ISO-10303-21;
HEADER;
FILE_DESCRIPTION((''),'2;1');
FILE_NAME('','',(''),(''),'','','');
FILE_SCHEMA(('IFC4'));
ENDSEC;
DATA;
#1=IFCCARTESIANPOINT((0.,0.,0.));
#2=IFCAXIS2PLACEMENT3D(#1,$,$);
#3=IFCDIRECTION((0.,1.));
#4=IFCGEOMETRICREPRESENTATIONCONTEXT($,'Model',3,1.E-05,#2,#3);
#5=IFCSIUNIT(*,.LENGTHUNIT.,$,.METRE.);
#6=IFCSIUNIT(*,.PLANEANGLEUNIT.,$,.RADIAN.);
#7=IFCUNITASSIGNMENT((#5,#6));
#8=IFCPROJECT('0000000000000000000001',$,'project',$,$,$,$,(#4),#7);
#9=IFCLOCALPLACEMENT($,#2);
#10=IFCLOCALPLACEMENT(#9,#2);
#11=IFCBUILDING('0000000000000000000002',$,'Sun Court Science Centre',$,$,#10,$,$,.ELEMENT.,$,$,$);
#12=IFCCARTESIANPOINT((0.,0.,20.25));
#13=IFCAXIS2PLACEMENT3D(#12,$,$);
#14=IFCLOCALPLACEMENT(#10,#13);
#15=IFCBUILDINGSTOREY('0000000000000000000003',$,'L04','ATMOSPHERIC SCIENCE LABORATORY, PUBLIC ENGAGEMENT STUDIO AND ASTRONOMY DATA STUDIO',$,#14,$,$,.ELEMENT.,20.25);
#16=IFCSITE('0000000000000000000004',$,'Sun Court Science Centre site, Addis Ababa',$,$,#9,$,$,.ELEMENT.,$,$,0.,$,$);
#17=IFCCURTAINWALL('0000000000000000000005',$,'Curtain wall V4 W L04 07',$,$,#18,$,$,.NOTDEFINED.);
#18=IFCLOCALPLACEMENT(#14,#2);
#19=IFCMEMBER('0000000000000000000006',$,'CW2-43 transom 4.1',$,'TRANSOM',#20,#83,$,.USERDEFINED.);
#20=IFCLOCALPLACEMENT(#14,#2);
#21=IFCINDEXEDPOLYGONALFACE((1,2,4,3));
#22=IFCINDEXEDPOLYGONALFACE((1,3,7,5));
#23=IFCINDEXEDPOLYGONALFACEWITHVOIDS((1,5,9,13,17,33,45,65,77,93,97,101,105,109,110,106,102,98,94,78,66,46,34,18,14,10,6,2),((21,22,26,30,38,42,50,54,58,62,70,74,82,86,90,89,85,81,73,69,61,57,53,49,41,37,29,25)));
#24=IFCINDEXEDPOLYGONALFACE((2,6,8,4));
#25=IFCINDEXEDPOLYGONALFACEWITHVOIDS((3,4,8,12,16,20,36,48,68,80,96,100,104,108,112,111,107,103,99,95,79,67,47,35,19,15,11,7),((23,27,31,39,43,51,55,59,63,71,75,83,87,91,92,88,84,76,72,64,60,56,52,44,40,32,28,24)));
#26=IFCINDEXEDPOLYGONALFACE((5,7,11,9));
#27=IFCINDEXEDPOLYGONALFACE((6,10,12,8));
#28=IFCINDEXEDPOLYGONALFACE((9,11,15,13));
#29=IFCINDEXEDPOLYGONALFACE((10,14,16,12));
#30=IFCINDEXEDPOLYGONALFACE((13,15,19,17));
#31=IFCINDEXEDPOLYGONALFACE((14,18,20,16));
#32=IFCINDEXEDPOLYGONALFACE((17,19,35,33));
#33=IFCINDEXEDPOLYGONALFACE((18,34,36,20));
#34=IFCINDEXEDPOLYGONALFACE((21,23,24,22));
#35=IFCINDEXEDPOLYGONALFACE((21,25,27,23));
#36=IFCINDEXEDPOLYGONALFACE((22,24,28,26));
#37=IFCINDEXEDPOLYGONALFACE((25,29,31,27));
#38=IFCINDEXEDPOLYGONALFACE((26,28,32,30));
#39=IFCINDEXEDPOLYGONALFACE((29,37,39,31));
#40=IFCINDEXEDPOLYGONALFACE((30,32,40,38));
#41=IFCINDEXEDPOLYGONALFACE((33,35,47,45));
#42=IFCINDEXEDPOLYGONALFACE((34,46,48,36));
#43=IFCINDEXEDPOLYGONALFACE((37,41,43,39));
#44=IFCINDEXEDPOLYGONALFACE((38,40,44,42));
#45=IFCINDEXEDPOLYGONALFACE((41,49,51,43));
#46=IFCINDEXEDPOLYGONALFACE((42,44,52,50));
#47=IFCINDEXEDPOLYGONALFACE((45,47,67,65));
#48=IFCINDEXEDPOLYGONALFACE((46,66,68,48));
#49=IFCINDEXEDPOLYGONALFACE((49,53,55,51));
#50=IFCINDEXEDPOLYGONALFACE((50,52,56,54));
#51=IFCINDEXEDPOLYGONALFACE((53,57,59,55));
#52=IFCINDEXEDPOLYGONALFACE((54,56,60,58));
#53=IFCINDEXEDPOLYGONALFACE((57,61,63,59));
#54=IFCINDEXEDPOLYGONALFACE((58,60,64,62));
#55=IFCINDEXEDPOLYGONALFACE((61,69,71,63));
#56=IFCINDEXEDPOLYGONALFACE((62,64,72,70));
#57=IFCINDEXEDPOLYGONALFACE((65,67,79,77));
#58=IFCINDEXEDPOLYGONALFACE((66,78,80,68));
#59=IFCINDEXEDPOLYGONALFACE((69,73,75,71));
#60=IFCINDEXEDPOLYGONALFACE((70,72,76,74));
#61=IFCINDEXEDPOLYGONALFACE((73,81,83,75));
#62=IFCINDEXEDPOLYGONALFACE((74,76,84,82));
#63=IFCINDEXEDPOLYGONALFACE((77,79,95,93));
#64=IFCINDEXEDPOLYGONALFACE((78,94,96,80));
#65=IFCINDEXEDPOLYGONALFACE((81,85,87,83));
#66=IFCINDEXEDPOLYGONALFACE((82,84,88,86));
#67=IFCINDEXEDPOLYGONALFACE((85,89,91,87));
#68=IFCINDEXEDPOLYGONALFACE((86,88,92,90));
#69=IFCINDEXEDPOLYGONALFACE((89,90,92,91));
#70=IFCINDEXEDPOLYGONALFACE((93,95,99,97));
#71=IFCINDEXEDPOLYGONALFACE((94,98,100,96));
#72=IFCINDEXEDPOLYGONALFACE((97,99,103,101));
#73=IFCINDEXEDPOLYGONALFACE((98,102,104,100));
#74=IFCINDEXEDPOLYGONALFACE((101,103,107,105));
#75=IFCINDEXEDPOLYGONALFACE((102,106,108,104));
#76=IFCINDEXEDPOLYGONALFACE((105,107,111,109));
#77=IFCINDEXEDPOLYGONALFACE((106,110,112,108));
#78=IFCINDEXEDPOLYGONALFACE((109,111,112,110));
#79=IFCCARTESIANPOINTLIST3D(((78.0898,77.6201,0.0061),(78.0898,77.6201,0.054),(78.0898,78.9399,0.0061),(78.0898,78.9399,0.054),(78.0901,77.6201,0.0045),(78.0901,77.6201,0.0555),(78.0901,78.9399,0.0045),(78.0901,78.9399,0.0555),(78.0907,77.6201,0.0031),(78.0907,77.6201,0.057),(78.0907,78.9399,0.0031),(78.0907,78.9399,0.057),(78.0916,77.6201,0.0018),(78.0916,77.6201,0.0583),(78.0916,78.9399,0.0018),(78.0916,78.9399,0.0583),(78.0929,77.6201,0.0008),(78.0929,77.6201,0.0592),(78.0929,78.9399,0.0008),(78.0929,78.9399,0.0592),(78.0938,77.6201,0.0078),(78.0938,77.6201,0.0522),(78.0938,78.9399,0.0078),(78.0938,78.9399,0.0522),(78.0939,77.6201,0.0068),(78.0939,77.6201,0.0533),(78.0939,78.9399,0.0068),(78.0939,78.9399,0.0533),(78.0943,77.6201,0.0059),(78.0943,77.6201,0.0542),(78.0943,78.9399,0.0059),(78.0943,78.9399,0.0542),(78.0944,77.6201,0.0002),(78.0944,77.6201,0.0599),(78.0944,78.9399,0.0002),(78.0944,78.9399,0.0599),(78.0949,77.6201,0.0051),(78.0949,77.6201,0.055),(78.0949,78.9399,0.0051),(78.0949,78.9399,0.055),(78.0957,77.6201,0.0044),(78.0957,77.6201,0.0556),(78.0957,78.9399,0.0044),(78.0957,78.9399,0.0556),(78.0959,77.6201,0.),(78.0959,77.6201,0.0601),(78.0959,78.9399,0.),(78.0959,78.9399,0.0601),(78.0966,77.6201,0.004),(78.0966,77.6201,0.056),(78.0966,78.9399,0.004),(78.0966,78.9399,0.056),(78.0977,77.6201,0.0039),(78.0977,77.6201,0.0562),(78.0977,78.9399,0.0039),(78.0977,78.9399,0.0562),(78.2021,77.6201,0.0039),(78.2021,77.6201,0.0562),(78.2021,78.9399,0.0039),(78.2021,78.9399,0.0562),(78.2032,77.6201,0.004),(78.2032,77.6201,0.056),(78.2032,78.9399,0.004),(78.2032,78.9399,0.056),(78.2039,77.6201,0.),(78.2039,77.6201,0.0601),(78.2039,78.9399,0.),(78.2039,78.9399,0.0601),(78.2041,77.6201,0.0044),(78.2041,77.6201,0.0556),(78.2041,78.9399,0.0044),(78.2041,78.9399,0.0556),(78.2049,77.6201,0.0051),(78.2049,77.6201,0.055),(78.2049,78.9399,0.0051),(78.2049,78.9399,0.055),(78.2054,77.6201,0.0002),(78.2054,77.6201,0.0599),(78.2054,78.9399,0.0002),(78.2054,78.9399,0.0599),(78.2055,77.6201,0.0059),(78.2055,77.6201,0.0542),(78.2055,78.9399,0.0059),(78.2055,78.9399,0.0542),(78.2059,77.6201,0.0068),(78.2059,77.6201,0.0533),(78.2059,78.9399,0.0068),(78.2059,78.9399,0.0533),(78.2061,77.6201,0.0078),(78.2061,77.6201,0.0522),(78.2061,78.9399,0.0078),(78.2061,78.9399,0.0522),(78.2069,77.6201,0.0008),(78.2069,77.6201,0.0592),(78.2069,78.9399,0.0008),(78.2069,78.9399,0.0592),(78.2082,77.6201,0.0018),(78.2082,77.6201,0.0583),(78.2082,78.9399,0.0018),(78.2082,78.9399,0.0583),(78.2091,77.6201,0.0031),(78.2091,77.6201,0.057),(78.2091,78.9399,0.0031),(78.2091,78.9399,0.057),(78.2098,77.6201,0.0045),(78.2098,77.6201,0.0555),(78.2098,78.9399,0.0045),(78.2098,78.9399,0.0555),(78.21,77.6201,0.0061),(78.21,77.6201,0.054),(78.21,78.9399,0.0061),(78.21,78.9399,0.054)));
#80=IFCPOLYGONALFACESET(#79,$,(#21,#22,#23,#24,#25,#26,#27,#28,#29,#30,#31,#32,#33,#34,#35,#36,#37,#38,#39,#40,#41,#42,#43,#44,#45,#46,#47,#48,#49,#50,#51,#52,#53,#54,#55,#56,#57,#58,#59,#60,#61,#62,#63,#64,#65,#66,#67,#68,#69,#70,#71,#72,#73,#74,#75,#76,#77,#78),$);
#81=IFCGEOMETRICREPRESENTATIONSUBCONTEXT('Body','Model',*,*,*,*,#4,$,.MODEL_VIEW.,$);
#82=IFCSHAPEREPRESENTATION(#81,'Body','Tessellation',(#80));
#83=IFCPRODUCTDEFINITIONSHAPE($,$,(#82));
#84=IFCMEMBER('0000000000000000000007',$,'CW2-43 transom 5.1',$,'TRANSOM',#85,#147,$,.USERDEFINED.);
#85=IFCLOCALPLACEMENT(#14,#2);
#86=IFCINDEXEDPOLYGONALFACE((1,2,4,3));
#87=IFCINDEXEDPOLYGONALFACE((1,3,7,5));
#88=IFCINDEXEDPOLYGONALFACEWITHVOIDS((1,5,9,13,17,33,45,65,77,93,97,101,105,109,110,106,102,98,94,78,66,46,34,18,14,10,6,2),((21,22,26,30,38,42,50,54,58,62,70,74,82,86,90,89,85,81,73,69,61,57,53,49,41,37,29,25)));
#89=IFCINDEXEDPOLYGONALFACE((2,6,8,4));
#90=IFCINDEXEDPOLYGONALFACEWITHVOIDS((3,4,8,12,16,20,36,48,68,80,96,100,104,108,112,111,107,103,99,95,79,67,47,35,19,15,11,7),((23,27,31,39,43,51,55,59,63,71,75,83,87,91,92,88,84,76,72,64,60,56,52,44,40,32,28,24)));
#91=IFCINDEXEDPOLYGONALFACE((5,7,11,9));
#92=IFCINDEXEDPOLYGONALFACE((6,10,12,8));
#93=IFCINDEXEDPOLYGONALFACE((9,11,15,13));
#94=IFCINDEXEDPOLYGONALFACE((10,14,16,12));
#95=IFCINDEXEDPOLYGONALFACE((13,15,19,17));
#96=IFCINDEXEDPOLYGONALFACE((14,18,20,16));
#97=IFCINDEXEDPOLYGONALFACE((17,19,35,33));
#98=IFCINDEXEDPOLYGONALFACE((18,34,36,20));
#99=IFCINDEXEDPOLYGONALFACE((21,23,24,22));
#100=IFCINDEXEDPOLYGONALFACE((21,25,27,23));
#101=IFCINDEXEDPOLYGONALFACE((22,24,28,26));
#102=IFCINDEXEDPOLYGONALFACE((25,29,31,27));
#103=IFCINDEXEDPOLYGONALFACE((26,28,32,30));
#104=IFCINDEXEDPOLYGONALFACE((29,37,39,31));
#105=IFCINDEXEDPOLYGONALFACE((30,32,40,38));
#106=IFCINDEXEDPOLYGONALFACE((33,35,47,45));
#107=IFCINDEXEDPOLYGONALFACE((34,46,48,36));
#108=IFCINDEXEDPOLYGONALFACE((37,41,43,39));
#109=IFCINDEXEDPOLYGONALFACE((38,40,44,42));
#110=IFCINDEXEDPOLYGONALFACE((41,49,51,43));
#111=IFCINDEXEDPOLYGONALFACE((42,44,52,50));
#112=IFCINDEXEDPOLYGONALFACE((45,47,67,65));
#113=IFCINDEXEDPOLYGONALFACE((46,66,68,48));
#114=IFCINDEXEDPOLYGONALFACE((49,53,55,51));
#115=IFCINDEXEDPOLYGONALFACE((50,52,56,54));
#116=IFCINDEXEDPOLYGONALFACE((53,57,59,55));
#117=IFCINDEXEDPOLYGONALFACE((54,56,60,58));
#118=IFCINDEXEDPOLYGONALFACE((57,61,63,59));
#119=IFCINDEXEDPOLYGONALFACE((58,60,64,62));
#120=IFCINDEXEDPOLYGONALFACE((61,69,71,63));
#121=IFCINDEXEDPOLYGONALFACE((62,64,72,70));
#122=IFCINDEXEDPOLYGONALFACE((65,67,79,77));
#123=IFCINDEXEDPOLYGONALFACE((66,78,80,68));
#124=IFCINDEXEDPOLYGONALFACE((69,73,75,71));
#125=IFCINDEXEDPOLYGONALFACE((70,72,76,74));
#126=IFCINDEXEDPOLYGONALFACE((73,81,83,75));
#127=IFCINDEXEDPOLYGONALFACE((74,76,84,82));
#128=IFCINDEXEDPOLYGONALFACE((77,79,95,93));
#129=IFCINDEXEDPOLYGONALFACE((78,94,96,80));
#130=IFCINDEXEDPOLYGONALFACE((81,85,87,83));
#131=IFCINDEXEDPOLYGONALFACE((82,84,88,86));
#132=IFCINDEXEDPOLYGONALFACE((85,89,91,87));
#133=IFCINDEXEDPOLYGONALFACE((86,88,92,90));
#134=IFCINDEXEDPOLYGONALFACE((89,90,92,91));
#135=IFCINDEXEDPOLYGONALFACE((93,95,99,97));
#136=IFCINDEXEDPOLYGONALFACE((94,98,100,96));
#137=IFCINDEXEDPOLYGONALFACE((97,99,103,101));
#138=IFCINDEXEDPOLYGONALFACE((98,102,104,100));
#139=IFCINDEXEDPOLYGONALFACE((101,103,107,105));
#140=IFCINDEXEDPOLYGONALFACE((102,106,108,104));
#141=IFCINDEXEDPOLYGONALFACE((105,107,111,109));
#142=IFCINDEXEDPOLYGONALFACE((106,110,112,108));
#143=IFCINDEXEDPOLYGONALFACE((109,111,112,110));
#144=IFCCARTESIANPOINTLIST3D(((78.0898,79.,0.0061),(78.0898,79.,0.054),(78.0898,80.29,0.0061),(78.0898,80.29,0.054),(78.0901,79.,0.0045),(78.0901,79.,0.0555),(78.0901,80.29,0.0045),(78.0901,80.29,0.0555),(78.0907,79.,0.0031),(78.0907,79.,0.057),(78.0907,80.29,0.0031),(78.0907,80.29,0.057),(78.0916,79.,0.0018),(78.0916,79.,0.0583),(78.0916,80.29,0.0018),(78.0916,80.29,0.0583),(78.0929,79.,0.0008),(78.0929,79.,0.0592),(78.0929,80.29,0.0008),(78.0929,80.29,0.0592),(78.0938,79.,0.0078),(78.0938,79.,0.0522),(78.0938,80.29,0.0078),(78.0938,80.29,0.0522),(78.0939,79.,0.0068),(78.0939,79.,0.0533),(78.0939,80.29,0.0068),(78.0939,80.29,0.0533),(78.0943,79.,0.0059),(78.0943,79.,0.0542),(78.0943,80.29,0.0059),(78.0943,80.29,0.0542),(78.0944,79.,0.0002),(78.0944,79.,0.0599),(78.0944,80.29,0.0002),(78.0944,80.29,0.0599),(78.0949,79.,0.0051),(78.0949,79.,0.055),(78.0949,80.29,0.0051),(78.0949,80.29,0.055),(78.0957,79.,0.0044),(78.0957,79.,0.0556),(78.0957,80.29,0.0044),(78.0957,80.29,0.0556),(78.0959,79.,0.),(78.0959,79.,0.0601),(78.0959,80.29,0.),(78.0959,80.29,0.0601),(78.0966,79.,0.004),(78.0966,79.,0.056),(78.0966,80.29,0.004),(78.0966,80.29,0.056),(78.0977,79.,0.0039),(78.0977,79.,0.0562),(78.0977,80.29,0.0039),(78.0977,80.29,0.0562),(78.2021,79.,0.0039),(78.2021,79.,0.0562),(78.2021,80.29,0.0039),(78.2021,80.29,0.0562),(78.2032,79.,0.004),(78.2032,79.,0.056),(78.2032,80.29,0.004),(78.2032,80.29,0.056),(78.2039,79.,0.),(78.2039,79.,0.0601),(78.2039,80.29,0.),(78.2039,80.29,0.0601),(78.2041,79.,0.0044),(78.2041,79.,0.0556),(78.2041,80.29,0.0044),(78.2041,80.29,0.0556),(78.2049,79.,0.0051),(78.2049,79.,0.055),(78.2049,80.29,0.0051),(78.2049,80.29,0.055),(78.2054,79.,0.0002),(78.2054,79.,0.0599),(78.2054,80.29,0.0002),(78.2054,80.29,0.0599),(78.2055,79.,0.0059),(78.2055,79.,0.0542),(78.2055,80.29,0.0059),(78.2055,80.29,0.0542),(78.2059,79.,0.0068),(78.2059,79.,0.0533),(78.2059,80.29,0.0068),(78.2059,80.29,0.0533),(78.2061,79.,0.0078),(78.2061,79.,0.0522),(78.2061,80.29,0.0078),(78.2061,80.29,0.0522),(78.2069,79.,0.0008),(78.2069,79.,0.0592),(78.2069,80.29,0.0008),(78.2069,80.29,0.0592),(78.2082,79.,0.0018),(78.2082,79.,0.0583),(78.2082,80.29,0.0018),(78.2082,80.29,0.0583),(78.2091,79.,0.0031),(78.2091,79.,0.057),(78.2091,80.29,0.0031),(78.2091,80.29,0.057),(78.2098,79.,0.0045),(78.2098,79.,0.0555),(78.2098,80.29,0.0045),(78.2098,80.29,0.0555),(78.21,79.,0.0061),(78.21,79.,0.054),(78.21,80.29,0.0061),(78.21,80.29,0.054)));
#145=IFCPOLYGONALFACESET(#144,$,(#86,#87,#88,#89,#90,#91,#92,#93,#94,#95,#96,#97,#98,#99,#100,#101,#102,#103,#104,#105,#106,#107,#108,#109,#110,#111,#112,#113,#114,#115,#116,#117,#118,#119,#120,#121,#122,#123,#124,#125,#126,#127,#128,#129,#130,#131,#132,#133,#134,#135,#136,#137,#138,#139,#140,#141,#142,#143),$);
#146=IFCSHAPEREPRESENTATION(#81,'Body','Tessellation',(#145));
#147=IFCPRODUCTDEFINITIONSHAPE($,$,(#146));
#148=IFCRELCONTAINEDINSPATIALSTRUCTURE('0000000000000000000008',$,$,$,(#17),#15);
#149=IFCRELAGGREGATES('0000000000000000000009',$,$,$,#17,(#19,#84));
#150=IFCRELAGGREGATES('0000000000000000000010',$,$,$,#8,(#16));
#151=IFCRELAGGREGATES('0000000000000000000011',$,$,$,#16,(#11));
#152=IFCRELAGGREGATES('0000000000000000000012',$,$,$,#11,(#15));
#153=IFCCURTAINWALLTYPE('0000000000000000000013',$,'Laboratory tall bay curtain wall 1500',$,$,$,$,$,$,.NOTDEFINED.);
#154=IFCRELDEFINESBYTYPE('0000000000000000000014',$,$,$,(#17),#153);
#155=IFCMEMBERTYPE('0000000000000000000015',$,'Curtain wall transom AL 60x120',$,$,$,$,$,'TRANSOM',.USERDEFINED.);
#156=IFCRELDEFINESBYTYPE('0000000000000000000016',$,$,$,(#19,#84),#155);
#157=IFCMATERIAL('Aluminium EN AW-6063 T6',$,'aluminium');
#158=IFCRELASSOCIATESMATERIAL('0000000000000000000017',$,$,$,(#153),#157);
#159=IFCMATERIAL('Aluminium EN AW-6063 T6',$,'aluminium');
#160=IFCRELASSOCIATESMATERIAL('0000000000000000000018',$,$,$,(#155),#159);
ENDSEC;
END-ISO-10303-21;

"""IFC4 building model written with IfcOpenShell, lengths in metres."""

from ifc_helpers import new_model, si_unit, direction, frame, origin, origin_2d, place, context, subcontext, project, spatial, hollow_rectangle, extrude, material, material_profile, profile_set, type_object, element, aggregate, save


model = new_model("IFC4")

# Units and contexts
model_context = context("Model", 3, precision=1e-05, world=origin(), true_north=direction((0.0, 1.0)))
body_context = subcontext(model_context, "Body", "Model", "MODEL_VIEW")
ifc_project = project(units=[si_unit("LENGTHUNIT", "METRE"), si_unit("PLANEANGLEUNIT", "RADIAN")], contexts=[model_context])

# Site, building, storey
site_placement = place(None, origin())
site = spatial("IfcSite", under=ifc_project, at=site_placement, Name="Sun Court Science Centre site, Addis Ababa", CompositionType="ELEMENT", RefElevation=0.0)
building_placement = place(site_placement, origin())
building = spatial("IfcBuilding", under=site, at=building_placement, Name="Sun Court Science Centre", CompositionType="ELEMENT")
storey_placement = place(building_placement, frame((0.0, 0.0, 20.25)))
storey = spatial("IfcBuildingStorey", under=building, at=storey_placement, Name="L04", Description="ATMOSPHERIC SCIENCE LABORATORY, PUBLIC ENGAGEMENT STUDIO AND ASTRONOMY DATA STUDIO", CompositionType="ELEMENT", Elevation=20.25)

# Curtain wall
ifc_material_1 = material(Name="Aluminium EN AW-6063 T6", Category="aluminium")
curtain_wall_type = type_object("IfcCurtainWallType", Name="Laboratory tall bay curtain wall 1500", PredefinedType="NOTDEFINED", material=ifc_material_1)
curtain_wall_1_placement = place(storey_placement, origin())
curtain_wall_1 = element("IfcCurtainWall", 1, at=curtain_wall_1_placement, inside=storey, type_object=curtain_wall_type, Name="Curtain wall V4 W L04 07", PredefinedType="NOTDEFINED")

# Members
ifc_material_2 = material(Name="Aluminium EN AW-6063 T6", Category="aluminium")
ifc_material_profile_1 = material_profile(ifc_material_2, hollow_rectangle(XDim=0.0601, YDim=0.1201, WallThickness=0.0039, InnerFilletRadius=0.0039, OuterFilletRadius=0.0061, at=origin_2d()), Name="AL 60x120x4")
ifc_profile_set_1 = profile_set([ifc_material_profile_1], Name="Aluminium EN AW-6063 T6")
member_type_1 = type_object("IfcMemberType", Name="Curtain wall transom AL 60x120", ElementType="TRANSOM", PredefinedType="USERDEFINED", material=ifc_profile_set_1)
member_1_placement = place(storey_placement, frame((78.1499, 77.6201, 0.03), z_axis=(0.0, 1.0, 0.0), x_axis=(0.0, 0.0, 1.0)))
member_1 = element("IfcMember", 2, at=member_1_placement, type_object=member_type_1, Name="CW2-43 transom 4.1", ObjectType="TRANSOM", PredefinedType="USERDEFINED", context=body_context, shape_type="SweptSolid", body=[
    extrude(hollow_rectangle(XDim=0.0601, YDim=0.1201, WallThickness=0.0039, InnerFilletRadius=0.0039, OuterFilletRadius=0.0061, at=origin_2d()), origin(), (0.0, 0.0, 1.0), 1.3198),
])
member_2_placement = place(storey_placement, frame((78.1499, 79.0, 0.03), z_axis=(0.0, 1.0, 0.0), x_axis=(0.0, 0.0, 1.0)))
member_2 = element("IfcMember", 3, at=member_2_placement, type_object=member_type_1, Name="CW2-43 transom 5.1", ObjectType="TRANSOM", PredefinedType="USERDEFINED", context=body_context, shape_type="SweptSolid", body=[
    extrude(hollow_rectangle(XDim=0.0601, YDim=0.1201, WallThickness=0.0039, InnerFilletRadius=0.0039, OuterFilletRadius=0.0061, at=origin_2d()), origin(), (0.0, 0.0, 1.0), 1.29),
])

aggregate(curtain_wall_1, [member_1, member_2])

save(model, "model.ifc")
